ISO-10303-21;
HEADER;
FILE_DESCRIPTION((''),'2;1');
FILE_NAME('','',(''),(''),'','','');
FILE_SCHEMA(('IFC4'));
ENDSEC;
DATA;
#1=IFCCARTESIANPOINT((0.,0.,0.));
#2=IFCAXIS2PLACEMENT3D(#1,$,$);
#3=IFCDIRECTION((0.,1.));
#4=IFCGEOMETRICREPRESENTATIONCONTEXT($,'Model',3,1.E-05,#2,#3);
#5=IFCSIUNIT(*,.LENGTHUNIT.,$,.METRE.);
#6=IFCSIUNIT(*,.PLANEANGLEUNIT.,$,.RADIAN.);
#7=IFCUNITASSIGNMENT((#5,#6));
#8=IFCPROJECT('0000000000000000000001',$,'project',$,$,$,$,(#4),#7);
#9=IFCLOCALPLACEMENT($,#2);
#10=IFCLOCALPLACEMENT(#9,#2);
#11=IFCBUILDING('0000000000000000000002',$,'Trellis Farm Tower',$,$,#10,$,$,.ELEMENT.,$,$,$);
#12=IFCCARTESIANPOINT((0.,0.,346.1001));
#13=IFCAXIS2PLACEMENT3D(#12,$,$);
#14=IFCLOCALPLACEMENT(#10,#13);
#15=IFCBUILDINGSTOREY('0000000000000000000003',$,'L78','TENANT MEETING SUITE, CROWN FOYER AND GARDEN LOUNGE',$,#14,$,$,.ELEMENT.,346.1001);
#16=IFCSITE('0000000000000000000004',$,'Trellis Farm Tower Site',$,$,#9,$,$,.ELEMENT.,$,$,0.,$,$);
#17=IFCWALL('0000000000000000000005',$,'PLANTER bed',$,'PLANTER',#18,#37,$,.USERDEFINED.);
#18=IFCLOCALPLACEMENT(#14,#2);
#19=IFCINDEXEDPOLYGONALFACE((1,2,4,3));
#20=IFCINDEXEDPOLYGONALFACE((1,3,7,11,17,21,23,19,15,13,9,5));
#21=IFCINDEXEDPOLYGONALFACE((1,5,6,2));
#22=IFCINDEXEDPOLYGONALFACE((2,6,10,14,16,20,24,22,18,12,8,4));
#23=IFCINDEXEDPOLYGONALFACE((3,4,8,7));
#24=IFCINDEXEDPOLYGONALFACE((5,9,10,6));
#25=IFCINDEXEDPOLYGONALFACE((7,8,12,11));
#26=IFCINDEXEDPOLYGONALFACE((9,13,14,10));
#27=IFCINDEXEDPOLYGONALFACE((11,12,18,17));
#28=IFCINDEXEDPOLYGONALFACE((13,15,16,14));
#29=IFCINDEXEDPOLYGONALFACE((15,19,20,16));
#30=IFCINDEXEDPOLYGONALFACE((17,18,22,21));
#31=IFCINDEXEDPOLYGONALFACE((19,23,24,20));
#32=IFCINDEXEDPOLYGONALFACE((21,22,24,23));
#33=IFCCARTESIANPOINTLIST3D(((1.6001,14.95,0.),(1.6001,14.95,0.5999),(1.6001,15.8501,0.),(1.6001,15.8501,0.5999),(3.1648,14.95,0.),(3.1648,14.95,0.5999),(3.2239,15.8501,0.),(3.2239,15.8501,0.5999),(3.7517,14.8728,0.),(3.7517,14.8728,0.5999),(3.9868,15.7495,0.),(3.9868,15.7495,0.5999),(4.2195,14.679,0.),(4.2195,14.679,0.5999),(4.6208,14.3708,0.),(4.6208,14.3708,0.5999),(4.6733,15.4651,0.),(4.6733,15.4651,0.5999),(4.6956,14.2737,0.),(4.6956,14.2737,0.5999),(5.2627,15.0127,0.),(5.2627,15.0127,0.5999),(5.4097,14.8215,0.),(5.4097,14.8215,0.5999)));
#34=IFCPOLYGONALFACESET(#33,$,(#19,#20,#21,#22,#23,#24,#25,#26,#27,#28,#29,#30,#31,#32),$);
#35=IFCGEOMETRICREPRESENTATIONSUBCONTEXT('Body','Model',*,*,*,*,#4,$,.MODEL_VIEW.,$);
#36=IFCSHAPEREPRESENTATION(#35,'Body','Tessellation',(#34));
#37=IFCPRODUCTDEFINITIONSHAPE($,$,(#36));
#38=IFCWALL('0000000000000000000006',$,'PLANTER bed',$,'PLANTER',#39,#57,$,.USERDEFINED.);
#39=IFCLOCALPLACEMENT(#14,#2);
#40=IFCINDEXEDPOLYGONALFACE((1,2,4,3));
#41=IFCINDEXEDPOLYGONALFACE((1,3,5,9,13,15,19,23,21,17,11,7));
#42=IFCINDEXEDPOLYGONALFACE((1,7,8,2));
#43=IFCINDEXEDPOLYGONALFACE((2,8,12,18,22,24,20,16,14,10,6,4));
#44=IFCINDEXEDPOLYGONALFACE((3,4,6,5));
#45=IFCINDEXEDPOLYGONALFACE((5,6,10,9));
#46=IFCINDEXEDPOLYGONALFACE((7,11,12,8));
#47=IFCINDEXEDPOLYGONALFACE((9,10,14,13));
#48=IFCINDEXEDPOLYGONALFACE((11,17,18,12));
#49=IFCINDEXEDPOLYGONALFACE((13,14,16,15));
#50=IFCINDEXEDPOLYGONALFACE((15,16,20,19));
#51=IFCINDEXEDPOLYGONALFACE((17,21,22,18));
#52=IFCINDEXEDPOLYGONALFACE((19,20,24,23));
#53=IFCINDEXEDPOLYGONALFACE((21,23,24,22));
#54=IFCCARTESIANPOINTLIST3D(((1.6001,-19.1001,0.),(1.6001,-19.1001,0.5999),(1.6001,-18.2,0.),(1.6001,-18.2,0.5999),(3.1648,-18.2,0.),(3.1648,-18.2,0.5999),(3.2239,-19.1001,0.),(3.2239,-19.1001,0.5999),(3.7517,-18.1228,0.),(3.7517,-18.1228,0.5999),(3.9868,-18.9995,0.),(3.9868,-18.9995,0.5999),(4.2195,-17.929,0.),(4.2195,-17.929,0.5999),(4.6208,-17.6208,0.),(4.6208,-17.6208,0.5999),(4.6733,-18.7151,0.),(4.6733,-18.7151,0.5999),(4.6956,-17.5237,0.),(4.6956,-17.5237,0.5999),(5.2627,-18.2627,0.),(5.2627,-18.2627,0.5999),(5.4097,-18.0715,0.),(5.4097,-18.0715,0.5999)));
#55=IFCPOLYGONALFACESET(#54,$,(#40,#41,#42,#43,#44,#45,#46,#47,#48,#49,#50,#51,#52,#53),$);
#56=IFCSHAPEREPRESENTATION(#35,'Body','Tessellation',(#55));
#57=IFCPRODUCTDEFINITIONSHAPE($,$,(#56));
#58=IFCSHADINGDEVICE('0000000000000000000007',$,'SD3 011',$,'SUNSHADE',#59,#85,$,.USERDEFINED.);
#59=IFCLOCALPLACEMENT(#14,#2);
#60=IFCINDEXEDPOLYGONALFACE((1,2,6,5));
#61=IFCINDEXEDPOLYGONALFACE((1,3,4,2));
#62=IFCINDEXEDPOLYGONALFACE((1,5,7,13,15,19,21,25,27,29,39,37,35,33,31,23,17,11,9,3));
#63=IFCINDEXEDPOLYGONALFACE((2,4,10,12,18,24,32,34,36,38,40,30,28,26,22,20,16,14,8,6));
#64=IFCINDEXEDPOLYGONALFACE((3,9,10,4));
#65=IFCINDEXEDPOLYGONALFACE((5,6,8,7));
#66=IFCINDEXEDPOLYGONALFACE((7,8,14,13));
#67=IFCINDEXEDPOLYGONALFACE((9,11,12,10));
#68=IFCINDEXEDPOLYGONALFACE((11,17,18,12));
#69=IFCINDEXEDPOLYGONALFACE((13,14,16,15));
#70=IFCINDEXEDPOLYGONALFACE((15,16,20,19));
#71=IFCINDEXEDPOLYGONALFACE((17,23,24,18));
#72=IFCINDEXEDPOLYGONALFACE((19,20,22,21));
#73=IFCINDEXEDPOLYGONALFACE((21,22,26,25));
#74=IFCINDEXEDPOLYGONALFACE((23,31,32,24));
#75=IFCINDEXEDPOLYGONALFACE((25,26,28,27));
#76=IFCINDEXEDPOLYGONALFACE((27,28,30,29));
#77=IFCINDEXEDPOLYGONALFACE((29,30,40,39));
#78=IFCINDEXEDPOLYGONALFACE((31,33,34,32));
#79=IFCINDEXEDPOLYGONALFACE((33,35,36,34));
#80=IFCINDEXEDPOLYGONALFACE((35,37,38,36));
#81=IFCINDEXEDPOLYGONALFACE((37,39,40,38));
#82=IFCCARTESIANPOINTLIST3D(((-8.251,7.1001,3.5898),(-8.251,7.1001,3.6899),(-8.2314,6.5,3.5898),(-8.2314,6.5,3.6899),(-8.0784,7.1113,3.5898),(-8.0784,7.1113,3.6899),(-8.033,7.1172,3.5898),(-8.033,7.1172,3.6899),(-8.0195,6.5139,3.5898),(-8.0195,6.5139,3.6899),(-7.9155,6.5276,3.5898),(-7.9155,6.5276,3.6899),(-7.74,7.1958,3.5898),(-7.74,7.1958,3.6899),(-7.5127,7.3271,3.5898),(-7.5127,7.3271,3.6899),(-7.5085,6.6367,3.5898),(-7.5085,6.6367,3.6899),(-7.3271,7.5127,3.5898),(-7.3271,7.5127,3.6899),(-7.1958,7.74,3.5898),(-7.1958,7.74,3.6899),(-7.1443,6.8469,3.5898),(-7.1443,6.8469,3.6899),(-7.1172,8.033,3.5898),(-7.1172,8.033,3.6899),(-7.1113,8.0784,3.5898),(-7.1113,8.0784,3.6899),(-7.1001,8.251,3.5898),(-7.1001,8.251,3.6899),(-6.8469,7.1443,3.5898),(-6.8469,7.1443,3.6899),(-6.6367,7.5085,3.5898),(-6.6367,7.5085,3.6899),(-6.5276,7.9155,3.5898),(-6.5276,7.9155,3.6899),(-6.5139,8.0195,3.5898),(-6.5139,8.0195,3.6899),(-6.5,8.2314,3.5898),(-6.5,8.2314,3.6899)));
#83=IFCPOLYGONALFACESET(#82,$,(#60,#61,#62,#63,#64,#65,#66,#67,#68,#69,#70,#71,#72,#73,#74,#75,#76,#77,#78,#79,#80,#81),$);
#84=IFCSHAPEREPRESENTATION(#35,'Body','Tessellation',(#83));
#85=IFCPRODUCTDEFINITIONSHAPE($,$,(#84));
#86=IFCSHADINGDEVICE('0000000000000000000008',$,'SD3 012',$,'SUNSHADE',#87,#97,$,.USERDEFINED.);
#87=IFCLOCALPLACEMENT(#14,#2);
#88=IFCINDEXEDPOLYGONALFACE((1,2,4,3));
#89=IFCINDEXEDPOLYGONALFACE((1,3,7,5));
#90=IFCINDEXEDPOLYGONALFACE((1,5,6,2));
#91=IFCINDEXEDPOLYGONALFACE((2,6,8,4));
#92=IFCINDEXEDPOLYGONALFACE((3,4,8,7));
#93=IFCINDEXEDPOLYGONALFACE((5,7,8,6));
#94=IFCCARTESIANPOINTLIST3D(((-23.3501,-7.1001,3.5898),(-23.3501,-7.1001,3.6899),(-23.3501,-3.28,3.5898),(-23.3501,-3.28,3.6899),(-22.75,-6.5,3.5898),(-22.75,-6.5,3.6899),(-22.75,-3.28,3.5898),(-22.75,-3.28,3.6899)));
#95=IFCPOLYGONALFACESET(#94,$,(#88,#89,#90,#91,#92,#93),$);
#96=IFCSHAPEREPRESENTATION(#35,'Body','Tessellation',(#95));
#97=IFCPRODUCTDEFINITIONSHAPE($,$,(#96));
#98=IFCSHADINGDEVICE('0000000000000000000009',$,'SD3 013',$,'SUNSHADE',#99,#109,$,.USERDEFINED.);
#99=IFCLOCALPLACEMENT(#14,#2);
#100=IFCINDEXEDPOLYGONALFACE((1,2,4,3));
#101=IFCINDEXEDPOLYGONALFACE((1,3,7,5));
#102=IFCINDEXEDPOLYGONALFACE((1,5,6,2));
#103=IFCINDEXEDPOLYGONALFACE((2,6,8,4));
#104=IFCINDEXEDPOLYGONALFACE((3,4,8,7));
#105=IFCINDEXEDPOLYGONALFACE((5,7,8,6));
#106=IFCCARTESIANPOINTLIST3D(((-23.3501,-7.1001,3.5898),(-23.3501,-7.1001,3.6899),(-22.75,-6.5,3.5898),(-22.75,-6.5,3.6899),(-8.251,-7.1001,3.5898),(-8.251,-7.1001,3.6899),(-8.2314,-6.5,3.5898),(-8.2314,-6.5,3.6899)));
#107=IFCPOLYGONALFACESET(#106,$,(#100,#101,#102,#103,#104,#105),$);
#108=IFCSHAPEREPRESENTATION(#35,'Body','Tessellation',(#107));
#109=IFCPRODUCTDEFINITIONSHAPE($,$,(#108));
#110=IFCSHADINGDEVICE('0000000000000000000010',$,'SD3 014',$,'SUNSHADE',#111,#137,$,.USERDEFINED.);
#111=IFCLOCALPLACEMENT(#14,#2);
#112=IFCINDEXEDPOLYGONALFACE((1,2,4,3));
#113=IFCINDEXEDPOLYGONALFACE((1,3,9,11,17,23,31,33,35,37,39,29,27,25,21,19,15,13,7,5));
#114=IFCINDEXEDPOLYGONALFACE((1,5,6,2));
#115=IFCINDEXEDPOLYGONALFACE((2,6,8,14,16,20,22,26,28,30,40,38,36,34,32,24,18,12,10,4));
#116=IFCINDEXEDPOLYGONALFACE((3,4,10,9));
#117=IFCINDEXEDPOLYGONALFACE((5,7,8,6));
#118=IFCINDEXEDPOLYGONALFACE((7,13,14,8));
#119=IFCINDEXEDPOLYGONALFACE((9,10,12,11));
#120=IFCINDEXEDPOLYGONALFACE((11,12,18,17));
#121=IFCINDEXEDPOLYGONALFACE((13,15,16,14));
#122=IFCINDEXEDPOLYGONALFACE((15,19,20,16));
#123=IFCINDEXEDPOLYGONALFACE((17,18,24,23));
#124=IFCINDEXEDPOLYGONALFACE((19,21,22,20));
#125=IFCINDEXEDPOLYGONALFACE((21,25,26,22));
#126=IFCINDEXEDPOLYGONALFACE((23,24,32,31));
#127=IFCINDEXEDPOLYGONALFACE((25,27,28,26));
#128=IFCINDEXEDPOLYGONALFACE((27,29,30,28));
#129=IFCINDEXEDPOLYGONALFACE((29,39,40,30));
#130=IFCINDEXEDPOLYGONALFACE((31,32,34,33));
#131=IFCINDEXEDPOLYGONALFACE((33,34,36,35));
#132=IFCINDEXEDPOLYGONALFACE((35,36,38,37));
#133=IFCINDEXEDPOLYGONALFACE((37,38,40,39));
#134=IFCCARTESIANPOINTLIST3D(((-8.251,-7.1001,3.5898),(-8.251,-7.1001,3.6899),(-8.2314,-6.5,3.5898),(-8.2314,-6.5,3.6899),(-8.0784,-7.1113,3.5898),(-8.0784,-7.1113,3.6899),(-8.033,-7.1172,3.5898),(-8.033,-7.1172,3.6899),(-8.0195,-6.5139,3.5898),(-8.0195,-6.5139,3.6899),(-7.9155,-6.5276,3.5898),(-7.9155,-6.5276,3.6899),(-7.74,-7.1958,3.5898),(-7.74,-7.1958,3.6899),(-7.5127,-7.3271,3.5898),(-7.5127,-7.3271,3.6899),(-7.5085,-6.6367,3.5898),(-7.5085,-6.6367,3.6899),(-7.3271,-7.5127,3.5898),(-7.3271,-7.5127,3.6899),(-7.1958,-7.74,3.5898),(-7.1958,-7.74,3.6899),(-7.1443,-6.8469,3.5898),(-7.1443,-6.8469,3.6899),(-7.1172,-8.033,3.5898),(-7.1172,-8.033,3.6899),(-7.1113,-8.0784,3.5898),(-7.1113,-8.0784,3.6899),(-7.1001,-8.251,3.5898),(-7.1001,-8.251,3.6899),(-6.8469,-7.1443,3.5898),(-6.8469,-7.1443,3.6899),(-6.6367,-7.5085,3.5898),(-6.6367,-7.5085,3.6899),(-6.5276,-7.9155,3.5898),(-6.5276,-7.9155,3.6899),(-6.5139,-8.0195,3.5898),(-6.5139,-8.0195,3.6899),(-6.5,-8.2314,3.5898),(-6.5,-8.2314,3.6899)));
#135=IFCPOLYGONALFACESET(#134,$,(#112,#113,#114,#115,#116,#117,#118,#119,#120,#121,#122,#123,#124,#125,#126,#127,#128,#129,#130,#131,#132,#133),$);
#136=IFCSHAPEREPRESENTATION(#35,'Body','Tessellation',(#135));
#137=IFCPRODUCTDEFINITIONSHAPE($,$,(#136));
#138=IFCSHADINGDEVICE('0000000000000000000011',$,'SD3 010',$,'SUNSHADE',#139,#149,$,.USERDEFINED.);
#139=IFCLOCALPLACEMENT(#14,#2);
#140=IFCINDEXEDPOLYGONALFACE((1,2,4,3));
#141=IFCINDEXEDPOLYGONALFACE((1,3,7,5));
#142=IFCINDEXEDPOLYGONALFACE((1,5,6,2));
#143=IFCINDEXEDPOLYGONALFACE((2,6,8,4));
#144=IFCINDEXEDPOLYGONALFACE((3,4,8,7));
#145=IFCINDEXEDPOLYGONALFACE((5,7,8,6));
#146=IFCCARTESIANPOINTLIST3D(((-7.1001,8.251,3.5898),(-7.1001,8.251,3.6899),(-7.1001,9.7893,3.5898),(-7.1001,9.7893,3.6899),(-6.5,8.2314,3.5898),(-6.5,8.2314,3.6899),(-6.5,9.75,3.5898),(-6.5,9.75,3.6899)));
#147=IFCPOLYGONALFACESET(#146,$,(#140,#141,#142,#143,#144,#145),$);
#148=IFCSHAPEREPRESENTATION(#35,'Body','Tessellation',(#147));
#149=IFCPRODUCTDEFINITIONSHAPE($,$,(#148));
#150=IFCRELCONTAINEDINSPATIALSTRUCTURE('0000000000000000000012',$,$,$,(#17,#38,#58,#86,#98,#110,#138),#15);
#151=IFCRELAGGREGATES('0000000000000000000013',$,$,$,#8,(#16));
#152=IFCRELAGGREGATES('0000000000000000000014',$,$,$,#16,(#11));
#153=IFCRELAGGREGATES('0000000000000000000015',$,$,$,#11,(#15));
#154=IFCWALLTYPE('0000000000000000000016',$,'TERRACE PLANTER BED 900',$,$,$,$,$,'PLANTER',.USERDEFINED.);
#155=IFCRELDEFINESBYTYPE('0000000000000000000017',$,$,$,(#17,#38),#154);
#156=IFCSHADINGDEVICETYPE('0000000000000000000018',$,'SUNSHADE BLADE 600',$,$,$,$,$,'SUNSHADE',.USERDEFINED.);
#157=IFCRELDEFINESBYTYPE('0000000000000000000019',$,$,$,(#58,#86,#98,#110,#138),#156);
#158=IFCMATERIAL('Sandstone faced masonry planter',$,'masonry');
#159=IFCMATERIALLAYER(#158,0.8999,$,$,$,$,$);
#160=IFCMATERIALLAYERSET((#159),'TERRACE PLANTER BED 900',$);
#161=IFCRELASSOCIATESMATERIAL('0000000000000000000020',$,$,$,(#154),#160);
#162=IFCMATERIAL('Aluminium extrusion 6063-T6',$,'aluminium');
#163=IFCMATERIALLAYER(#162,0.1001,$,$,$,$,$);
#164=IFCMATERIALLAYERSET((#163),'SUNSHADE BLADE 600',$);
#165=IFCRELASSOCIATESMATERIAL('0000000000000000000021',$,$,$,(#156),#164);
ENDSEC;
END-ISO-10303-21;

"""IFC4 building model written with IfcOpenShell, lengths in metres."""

from ifc_helpers import new_model, si_unit, direction, frame, origin, place, context, subcontext, project, spatial, polyline, outline, extrude, source, transform, mapped, material, layer, layer_set, type_object, element, save


model = new_model("IFC4")

# Units and contexts
model_context = context("Model", 3, precision=1e-05, world=origin(), true_north=direction((0.0, 1.0)))
body_context = subcontext(model_context, "Body", "Model", "MODEL_VIEW")
ifc_project = project(units=[si_unit("LENGTHUNIT", "METRE"), si_unit("PLANEANGLEUNIT", "RADIAN")], contexts=[model_context])

# Site, building, storey
site_placement = place(None, origin())
site = spatial("IfcSite", under=ifc_project, at=site_placement, Name="Trellis Farm Tower Site", CompositionType="ELEMENT", RefElevation=0.0)
building_placement = place(site_placement, origin())
building = spatial("IfcBuilding", under=site, at=building_placement, Name="Trellis Farm Tower", CompositionType="ELEMENT")
storey_placement = place(building_placement, frame((0.0, 0.0, 346.1001)))
storey = spatial("IfcBuildingStorey", under=building, at=storey_placement, Name="L78", Description="TENANT MEETING SUITE, CROWN FOYER AND GARDEN LOUNGE", CompositionType="ELEMENT", Elevation=346.1001)

# Shared definitions
placement_1 = place(storey_placement, origin())
ifc_material_1 = material(Name="Aluminium extrusion 6063-T6", Category="aluminium")

# Walls
ifc_material_2 = material(Name="Sandstone faced masonry planter", Category="masonry")
ifc_layer_1 = layer(ifc_material_2, 0.8999)
ifc_layer_set_1 = layer_set([ifc_layer_1], Name="TERRACE PLANTER BED 900")
wall_type = type_object("IfcWallType", Name="TERRACE PLANTER BED 900", ElementType="PLANTER", PredefinedType="USERDEFINED", material=ifc_layer_set_1)
element("IfcWall", 1, at=placement_1, inside=storey, type_object=wall_type, Name="PLANTER bed", ObjectType="PLANTER", PredefinedType="USERDEFINED", context=body_context, shape_type="SweptSolid", body=[
    extrude(outline(polyline([(3.9868, 15.7495), (4.6733, 15.4651), (5.2627, 15.0127), (5.4097, 14.8215), (4.6956, 14.2737), (4.6208, 14.3708), (4.2195, 14.679), (3.7517, 14.8728), (3.1648, 14.95), (1.6001, 14.95), (1.6001, 15.8501), (3.2239, 15.8501), (3.9868, 15.7495)])), origin(), (0.0, 0.0, 1.0), 0.5999),
])
element("IfcWall", 2, at=placement_1, inside=storey, type_object=wall_type, Name="PLANTER bed", ObjectType="PLANTER", PredefinedType="USERDEFINED", context=body_context, shape_type="SweptSolid", body=[
    extrude(outline(polyline([(4.6733, -18.7151), (3.9868, -18.9995), (3.2239, -19.1001), (1.6001, -19.1001), (1.6001, -18.2), (3.1648, -18.2), (3.7517, -18.1228), (4.2195, -17.929), (4.6208, -17.6208), (4.6956, -17.5237), (5.4097, -18.0715), (5.2627, -18.2627), (4.6733, -18.7151)])), origin(), (0.0, 0.0, 1.0), 0.5999),
])

# Shading devices
ifc_layer_2 = layer(ifc_material_1, 0.1001)
ifc_layer_set_2 = layer_set([ifc_layer_2], Name="SUNSHADE BLADE 600")
shading_device_type = type_object("IfcShadingDeviceType", Name="SUNSHADE BLADE 600", ElementType="SUNSHADE", PredefinedType="USERDEFINED", material=ifc_layer_set_2)
shared_shape_1 = source(origin(), body_context, "Body", "SweptSolid", [
    extrude(outline(polyline([(-7.1001, 8.251), (-7.1113, 8.0784), (-7.1172, 8.033), (-7.1958, 7.74), (-7.3271, 7.5127), (-7.5127, 7.3271), (-7.74, 7.1958), (-8.033, 7.1172), (-8.0784, 7.1113), (-8.251, 7.1001), (-8.2314, 6.5), (-8.0195, 6.5139), (-7.9155, 6.5276), (-7.5085, 6.6367), (-7.1443, 6.8469), (-6.8469, 7.1443), (-6.6367, 7.5085), (-6.5276, 7.9155), (-6.5139, 8.0195), (-6.5, 8.2314), (-7.1001, 8.251)])), origin(), (0.0, 0.0, 1.0), 0.1001),
])
placement_2 = place(storey_placement, frame((0.0, 0.0, 3.5898)))
element("IfcShadingDevice", 3, at=placement_2, inside=storey, type_object=shading_device_type, Name="SD3 011", ObjectType="SUNSHADE", PredefinedType="USERDEFINED", context=body_context, shape_type="MappedRepresentation", body=[
    mapped(shared_shape_1, transform((0.0, 0.0, 0.0))),
])
shared_shape_2 = source(origin(), body_context, "Body", "SweptSolid", [
    extrude(outline(polyline([(-23.3501, -3.28), (-23.3501, -7.1001), (-22.75, -6.5), (-22.75, -3.28), (-23.3501, -3.28)])), origin(), (0.0, 0.0, 1.0), 0.1001),
])
element("IfcShadingDevice", 4, at=placement_2, inside=storey, type_object=shading_device_type, Name="SD3 012", ObjectType="SUNSHADE", PredefinedType="USERDEFINED", context=body_context, shape_type="MappedRepresentation", body=[
    mapped(shared_shape_2, transform((0.0, 0.0, 0.0))),
])
shared_shape_3 = source(origin(), body_context, "Body", "SweptSolid", [
    extrude(outline(polyline([(-23.3501, -7.1001), (-8.251, -7.1001), (-8.2314, -6.5), (-22.75, -6.5), (-23.3501, -7.1001)])), origin(), (0.0, 0.0, 1.0), 0.1001),
])
element("IfcShadingDevice", 5, at=placement_2, inside=storey, type_object=shading_device_type, Name="SD3 013", ObjectType="SUNSHADE", PredefinedType="USERDEFINED", context=body_context, shape_type="MappedRepresentation", body=[
    mapped(shared_shape_3, transform((0.0, 0.0, 0.0))),
])
shared_shape_4 = source(origin(), body_context, "Body", "SweptSolid", [
    extrude(outline(polyline([(-8.251, -7.1001), (-8.0784, -7.1113), (-8.033, -7.1172), (-7.74, -7.1958), (-7.5127, -7.3271), (-7.3271, -7.5127), (-7.1958, -7.74), (-7.1172, -8.033), (-7.1113, -8.0784), (-7.1001, -8.251), (-6.5, -8.2314), (-6.5139, -8.0195), (-6.5276, -7.9155), (-6.6367, -7.5085), (-6.8469, -7.1443), (-7.1443, -6.8469), (-7.5085, -6.6367), (-7.9155, -6.5276), (-8.0195, -6.5139), (-8.2314, -6.5), (-8.251, -7.1001)])), origin(), (0.0, 0.0, 1.0), 0.1001),
])
element("IfcShadingDevice", 6, at=placement_2, inside=storey, type_object=shading_device_type, Name="SD3 014", ObjectType="SUNSHADE", PredefinedType="USERDEFINED", context=body_context, shape_type="MappedRepresentation", body=[
    mapped(shared_shape_4, transform((0.0, 0.0, 0.0))),
])
shared_shape_5 = source(origin(), body_context, "Body", "SweptSolid", [
    extrude(outline(polyline([(-7.1001, 9.7893), (-7.1001, 8.251), (-6.5, 8.2314), (-6.5, 9.75), (-7.1001, 9.7893)])), origin(), (0.0, 0.0, 1.0), 0.1001),
])
element("IfcShadingDevice", 7, at=placement_2, inside=storey, type_object=shading_device_type, Name="SD3 010", ObjectType="SUNSHADE", PredefinedType="USERDEFINED", context=body_context, shape_type="MappedRepresentation", body=[
    mapped(shared_shape_5, transform((0.0, 0.0, 0.0))),
])

save(model, "model.ifc")
